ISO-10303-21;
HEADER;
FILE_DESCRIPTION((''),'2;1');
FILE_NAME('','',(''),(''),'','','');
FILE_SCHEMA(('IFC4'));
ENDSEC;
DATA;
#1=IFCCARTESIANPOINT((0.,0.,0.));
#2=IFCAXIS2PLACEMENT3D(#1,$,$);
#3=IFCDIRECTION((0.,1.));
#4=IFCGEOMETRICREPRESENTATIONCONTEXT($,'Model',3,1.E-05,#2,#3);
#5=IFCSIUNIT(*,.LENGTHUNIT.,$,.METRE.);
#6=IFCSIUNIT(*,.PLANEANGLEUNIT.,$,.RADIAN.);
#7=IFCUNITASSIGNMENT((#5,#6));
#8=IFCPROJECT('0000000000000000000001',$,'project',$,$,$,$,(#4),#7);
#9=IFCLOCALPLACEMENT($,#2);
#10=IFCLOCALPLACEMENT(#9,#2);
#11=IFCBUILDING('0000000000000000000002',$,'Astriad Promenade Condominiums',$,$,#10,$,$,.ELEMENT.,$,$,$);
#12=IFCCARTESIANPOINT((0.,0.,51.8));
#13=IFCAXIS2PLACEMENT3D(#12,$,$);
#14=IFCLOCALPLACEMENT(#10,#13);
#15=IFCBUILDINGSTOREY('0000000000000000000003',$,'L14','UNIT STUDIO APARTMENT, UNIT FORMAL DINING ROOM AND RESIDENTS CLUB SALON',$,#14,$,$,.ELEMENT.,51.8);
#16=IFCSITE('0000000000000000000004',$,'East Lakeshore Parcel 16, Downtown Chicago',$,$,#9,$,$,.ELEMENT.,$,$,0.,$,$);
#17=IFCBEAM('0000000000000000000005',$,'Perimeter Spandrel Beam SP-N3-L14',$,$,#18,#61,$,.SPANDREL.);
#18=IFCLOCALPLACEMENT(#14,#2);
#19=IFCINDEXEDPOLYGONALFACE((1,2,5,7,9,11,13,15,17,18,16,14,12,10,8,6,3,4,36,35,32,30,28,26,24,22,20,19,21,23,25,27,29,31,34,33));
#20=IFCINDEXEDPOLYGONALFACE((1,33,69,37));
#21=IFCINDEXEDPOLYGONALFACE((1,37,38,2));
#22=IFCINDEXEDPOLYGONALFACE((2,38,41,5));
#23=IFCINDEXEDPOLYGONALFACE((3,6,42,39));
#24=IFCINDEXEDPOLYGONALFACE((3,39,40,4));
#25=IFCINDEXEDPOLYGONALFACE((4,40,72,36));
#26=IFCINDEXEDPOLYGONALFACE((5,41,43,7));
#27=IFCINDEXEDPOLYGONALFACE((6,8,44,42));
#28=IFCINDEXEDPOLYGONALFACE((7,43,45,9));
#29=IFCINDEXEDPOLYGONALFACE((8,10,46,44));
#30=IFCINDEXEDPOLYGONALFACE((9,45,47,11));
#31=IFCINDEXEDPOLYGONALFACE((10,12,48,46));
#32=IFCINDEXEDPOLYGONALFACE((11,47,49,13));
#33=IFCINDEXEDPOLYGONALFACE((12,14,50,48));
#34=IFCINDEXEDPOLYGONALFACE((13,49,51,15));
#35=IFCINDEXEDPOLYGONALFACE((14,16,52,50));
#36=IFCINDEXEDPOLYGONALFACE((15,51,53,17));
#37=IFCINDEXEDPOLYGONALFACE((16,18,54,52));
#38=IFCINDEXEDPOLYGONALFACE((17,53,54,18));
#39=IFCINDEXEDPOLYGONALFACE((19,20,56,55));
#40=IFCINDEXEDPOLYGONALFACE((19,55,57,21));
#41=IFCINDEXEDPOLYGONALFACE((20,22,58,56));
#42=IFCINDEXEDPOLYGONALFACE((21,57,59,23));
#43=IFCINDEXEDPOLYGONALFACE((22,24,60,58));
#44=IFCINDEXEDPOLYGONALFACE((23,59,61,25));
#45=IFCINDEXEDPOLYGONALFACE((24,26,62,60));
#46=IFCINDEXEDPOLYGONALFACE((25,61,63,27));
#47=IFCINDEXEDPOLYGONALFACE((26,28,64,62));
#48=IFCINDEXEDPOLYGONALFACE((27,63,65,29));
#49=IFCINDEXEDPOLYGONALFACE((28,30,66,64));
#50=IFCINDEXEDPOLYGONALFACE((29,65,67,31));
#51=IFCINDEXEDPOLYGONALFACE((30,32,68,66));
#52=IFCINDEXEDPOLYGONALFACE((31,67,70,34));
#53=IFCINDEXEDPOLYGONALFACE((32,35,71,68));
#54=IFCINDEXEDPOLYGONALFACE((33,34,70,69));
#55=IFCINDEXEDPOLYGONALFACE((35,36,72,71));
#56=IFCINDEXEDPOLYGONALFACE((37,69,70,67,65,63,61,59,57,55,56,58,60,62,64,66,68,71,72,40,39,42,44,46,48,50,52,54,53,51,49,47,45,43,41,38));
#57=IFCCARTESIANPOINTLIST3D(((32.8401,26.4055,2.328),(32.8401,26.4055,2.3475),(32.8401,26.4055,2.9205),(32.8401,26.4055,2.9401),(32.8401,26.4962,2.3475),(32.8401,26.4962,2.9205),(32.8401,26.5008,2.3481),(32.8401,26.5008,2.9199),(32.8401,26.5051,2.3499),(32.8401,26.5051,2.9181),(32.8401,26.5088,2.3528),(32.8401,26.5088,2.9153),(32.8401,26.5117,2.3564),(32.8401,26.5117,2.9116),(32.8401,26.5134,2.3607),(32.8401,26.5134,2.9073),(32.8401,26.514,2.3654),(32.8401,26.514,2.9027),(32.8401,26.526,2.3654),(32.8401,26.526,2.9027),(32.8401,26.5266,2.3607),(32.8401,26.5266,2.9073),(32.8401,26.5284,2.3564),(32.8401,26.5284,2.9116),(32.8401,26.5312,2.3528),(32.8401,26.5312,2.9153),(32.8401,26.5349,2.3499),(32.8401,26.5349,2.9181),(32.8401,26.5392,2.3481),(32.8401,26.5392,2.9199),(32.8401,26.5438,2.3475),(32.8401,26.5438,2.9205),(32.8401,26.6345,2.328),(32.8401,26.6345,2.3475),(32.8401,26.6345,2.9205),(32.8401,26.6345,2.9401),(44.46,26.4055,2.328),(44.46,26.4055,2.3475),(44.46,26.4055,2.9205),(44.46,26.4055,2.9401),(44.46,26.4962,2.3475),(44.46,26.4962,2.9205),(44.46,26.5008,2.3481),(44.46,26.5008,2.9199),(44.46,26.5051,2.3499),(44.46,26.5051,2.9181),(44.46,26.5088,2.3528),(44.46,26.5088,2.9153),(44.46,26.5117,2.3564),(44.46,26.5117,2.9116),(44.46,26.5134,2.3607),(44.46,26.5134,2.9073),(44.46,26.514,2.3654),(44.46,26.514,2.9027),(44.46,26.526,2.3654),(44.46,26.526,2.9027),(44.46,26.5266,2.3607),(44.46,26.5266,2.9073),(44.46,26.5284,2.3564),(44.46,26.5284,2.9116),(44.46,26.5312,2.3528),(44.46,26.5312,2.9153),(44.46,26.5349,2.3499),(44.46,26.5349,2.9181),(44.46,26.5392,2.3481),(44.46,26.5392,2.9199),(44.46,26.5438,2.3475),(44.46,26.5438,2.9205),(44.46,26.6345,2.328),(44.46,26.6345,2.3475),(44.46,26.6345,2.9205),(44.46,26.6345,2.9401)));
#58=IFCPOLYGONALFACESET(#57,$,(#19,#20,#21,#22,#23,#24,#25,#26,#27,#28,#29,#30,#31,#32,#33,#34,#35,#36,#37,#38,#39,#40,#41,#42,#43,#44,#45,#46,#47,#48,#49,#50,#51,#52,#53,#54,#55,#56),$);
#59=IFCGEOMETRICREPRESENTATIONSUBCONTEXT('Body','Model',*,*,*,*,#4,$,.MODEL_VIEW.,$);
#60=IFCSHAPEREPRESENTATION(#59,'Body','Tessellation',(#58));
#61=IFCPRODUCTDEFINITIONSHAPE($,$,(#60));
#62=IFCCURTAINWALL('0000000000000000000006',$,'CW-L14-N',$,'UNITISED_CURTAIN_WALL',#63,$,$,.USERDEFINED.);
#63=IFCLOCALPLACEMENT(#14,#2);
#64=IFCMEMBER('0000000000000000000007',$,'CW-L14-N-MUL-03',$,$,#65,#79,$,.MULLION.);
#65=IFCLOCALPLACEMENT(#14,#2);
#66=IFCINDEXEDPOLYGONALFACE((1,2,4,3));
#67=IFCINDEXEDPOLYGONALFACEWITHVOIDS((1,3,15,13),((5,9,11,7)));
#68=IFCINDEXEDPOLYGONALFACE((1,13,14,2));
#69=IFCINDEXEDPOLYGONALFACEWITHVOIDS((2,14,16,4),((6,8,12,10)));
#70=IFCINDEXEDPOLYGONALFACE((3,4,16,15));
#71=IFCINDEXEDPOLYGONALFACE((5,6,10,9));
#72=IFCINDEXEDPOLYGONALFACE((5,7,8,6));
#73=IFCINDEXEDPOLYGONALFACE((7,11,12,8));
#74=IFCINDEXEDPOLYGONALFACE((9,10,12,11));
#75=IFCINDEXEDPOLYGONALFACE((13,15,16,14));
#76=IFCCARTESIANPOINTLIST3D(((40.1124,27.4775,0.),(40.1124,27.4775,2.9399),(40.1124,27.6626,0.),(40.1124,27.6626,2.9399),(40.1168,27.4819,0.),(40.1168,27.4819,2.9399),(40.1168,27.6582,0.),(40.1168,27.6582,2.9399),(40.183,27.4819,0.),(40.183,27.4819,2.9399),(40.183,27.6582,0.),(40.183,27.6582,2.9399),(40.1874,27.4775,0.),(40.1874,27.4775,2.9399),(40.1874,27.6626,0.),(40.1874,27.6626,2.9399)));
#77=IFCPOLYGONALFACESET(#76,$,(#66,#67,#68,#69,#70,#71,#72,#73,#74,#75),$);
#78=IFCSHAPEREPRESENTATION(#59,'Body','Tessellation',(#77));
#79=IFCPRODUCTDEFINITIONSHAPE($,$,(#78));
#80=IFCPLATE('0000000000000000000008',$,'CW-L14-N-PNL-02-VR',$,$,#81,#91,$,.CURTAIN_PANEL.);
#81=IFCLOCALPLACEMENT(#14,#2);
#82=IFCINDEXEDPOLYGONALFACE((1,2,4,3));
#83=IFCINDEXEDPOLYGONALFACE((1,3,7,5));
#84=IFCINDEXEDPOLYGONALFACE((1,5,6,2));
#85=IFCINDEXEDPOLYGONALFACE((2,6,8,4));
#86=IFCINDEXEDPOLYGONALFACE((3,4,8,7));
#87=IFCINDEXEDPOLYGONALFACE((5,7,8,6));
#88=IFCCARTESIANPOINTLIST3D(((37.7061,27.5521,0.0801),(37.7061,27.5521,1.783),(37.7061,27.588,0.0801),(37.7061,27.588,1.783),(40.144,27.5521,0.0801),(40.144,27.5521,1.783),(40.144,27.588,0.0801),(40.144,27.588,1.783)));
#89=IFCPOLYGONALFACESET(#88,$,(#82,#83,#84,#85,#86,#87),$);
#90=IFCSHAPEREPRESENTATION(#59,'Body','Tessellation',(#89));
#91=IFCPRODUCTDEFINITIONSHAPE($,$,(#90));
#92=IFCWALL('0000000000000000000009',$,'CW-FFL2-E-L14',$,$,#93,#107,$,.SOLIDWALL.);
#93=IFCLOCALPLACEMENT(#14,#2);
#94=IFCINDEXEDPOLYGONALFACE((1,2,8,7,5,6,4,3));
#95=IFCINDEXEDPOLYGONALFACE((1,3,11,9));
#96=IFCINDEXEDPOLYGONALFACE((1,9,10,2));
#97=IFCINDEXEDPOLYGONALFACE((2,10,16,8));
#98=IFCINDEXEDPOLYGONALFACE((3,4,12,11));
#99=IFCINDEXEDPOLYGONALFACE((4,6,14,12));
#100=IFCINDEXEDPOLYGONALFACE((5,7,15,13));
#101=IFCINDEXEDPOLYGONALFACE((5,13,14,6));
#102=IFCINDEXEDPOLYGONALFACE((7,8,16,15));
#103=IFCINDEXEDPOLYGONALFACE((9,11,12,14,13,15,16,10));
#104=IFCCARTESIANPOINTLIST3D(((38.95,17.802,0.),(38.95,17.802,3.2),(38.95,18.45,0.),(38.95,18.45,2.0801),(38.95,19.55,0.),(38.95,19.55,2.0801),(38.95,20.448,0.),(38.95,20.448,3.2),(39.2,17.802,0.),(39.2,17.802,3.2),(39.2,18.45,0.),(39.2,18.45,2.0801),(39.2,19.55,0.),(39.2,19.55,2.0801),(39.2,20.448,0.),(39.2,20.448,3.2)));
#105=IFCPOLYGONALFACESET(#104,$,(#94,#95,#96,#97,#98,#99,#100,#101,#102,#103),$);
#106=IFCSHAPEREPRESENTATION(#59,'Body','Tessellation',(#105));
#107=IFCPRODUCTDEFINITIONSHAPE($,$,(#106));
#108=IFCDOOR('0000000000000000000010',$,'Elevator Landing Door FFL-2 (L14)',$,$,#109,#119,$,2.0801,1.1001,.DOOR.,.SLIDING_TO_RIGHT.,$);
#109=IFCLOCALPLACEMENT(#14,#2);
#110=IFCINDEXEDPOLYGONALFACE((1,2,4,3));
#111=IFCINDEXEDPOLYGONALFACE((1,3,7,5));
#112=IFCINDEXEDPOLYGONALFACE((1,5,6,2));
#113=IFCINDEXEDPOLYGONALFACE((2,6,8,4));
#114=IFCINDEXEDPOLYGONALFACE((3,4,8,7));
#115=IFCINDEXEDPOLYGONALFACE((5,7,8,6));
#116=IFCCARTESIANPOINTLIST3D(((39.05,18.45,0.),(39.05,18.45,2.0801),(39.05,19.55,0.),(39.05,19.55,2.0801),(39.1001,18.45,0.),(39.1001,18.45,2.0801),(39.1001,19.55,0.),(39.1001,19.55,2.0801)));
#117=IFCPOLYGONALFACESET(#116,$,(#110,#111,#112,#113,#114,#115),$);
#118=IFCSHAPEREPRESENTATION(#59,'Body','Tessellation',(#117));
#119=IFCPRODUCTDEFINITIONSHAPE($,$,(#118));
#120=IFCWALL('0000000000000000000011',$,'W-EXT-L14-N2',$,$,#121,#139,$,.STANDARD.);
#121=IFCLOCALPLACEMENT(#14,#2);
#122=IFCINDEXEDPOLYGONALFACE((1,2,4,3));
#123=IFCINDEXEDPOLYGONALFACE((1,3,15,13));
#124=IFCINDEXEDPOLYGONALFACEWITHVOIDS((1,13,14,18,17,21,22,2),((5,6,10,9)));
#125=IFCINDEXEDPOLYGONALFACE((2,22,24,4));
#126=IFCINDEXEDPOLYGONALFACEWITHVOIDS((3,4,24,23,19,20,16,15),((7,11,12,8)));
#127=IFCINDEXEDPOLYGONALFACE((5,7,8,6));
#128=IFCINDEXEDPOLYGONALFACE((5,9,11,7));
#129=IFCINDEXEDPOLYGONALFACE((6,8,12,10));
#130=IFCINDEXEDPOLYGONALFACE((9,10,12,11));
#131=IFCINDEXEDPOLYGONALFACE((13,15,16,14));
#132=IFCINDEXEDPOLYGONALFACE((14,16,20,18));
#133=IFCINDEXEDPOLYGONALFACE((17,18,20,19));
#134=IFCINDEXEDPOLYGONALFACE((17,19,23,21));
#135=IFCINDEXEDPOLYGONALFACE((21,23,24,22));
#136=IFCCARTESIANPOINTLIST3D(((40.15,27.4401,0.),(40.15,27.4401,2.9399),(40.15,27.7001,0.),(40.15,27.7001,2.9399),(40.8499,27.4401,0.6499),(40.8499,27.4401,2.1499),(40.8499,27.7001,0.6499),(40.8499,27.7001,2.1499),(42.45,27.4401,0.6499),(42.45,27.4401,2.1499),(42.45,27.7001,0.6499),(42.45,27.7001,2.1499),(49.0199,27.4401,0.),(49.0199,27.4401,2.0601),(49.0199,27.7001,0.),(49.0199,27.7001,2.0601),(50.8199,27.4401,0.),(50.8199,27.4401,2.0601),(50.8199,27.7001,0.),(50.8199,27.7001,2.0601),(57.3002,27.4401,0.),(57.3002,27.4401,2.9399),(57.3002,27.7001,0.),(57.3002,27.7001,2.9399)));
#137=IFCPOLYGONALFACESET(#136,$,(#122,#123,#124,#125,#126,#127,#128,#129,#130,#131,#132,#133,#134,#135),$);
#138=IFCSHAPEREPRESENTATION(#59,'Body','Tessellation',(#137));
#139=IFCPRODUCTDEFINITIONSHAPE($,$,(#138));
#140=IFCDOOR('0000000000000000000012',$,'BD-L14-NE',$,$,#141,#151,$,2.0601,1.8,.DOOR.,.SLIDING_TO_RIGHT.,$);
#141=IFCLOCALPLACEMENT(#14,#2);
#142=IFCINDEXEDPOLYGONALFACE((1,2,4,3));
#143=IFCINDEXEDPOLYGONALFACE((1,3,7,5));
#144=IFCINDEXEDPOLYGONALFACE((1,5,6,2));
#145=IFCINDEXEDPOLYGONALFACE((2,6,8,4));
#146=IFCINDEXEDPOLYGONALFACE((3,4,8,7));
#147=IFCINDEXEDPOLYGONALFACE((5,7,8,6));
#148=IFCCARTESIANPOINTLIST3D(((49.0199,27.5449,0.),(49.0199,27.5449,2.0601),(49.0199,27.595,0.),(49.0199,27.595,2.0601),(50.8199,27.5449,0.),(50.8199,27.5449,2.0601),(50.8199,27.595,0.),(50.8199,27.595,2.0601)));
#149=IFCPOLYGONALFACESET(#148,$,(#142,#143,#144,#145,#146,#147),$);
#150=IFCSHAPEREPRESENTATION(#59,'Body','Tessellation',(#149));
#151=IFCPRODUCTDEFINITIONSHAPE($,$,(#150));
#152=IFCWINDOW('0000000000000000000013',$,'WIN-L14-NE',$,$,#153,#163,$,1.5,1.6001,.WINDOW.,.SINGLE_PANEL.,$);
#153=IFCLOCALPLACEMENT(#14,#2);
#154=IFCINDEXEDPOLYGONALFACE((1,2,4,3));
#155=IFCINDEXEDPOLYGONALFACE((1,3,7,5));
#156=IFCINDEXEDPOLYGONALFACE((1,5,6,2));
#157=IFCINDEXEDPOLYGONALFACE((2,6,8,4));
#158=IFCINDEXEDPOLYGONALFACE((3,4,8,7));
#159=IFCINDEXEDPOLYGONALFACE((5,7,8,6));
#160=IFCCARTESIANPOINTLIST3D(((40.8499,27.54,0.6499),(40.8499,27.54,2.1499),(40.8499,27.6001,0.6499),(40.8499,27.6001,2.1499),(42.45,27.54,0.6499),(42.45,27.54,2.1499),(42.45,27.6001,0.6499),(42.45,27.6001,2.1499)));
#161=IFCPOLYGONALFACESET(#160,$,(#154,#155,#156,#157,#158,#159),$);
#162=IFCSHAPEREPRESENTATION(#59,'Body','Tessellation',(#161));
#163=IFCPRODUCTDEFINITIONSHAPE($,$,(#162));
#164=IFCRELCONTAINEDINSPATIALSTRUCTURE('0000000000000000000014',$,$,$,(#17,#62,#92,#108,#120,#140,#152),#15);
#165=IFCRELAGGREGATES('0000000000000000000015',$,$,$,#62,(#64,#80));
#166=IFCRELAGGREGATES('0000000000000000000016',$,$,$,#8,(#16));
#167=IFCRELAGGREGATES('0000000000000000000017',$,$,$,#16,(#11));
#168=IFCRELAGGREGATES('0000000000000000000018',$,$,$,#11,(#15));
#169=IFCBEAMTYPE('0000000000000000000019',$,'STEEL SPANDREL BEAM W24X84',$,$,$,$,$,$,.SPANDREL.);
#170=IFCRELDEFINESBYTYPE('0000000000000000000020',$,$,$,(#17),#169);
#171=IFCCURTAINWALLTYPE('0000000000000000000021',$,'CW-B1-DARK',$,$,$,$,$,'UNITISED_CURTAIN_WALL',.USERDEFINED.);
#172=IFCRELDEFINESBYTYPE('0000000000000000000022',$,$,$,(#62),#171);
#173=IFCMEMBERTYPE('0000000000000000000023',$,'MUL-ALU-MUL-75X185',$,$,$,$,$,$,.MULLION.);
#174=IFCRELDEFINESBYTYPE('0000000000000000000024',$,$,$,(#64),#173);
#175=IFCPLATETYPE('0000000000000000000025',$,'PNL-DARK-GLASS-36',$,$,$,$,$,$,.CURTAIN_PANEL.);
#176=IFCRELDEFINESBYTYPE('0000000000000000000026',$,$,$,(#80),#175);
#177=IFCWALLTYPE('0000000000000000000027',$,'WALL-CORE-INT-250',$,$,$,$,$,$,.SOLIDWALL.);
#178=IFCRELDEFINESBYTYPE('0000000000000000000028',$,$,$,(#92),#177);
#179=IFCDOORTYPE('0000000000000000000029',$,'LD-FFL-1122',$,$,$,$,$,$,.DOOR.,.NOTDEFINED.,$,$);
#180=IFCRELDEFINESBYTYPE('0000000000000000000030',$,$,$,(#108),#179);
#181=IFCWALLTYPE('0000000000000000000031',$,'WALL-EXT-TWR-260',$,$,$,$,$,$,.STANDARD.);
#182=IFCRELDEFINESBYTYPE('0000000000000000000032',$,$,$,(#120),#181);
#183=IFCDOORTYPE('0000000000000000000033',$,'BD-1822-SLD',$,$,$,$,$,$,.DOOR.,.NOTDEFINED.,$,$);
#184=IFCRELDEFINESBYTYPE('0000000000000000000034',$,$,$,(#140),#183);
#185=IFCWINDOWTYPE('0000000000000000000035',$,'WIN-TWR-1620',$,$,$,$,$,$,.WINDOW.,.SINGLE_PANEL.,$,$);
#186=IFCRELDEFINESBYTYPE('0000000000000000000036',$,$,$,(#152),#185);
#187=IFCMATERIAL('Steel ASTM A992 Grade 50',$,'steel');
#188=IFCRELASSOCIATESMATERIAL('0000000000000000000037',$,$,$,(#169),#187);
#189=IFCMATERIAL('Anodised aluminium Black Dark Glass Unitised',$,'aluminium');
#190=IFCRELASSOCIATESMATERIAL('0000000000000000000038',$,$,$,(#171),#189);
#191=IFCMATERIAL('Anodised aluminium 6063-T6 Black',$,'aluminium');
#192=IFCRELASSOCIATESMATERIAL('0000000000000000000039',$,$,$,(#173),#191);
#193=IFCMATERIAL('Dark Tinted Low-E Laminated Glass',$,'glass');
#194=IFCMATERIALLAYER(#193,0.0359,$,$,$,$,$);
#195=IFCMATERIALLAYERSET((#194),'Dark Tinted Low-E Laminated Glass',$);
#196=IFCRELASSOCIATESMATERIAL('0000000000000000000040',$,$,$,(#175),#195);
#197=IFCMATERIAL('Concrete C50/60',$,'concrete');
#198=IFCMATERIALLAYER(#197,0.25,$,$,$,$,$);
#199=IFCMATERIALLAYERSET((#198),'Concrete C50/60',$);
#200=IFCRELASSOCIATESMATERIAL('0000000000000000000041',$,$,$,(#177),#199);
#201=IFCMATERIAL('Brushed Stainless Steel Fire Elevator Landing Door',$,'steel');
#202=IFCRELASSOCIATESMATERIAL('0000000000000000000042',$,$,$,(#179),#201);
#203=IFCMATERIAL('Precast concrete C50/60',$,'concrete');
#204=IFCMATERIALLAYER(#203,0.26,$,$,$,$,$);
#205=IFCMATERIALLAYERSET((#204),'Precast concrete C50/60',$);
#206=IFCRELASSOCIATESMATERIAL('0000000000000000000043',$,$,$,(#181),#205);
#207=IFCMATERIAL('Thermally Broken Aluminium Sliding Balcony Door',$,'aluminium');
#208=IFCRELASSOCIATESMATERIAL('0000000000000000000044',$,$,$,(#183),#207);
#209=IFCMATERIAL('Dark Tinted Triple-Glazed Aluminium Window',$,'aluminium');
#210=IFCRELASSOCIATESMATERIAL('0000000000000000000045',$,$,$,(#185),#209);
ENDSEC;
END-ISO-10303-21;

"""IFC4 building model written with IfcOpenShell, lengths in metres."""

from ifc_helpers import new_model, si_unit, direction, frame, frame_2d, origin, origin_2d, place, context, subcontext, project, spatial, rectangle, hollow_rectangle, i_section, extrude, source, transform, mapped, material, layer, layer_set, material_profile, profile_set, type_object, type_shapes, element, fill, aggregate, save


model = new_model("IFC4")

# Units and contexts
model_context = context("Model", 3, precision=1e-05, world=origin(), true_north=direction((0.0, 1.0)))
body_context = subcontext(model_context, "Body", "Model", "MODEL_VIEW")
ifc_project = project(units=[si_unit("LENGTHUNIT", "METRE"), si_unit("PLANEANGLEUNIT", "RADIAN")], contexts=[model_context])

# Site, building, storey
site_placement = place(None, origin())
site = spatial("IfcSite", under=ifc_project, at=site_placement, Name="East Lakeshore Parcel 16, Downtown Chicago", CompositionType="ELEMENT", RefElevation=0.0)
building_placement = place(site_placement, origin())
building = spatial("IfcBuilding", under=site, at=building_placement, Name="Astriad Promenade Condominiums", CompositionType="ELEMENT")
storey_placement = place(building_placement, frame((0.0, 0.0, 51.8)))
storey = spatial("IfcBuildingStorey", under=building, at=storey_placement, Name="L14", Description="UNIT STUDIO APARTMENT, UNIT FORMAL DINING ROOM AND RESIDENTS CLUB SALON", CompositionType="ELEMENT", Elevation=51.8)

# Shared definitions
ifc_material_1 = material(Name="Steel ASTM A992 Grade 50", Category="steel")

# Beam
ifc_material_profile_1 = material_profile(ifc_material_1, i_section(OverallWidth=0.229, OverallDepth=0.6121, WebThickness=0.012, FlangeThickness=0.0195, FilletRadius=0.0178, at=origin_2d()), Name="W24X84")
ifc_profile_set_1 = profile_set([ifc_material_profile_1], Name="Steel ASTM A992 Grade 50")
beam_type_1 = type_object("IfcBeamType", Name="STEEL SPANDREL BEAM W24X84", PredefinedType="SPANDREL", material=ifc_profile_set_1)
shared_shape_1 = source(origin(), body_context, "Body", "SweptSolid", [
    extrude(i_section(OverallWidth=0.229, OverallDepth=0.6121, WebThickness=0.012, FlangeThickness=0.0195, FilletRadius=0.0178, at=origin_2d()), origin(), (0.0, 0.0, 1.0), 11.6199),
])
type_shapes(beam_type_1, [shared_shape_1])
beam_1_placement = place(storey_placement, frame((44.46, 26.52, 2.634), z_axis=(-1.0, 0.0, 0.0), x_axis=(0.0, -1.0, 0.0)))
element("IfcBeam", 1, at=beam_1_placement, inside=storey, type_object=beam_type_1, Name="Perimeter Spandrel Beam SP-N3-L14", PredefinedType="SPANDREL", context=body_context, shape_type="MappedRepresentation", body=[
    mapped(shared_shape_1, transform((0.0, 0.0, 0.0), scale=1.0)),
])

# Curtain wall, member, plate
ifc_material_2 = material(Name="Anodised aluminium Black Dark Glass Unitised", Category="aluminium")
curtain_wall_type = type_object("IfcCurtainWallType", Name="CW-B1-DARK", ElementType="UNITISED_CURTAIN_WALL", PredefinedType="USERDEFINED", material=ifc_material_2)
curtain_wall_placement = place(storey_placement, origin())
curtain_wall = element("IfcCurtainWall", 2, at=curtain_wall_placement, inside=storey, type_object=curtain_wall_type, Name="CW-L14-N", ObjectType="UNITISED_CURTAIN_WALL", PredefinedType="USERDEFINED")
ifc_material_3 = material(Name="Anodised aluminium 6063-T6 Black", Category="aluminium")
ifc_material_profile_2 = material_profile(ifc_material_3, hollow_rectangle(XDim=0.075, YDim=0.1851, WallThickness=0.0044, at=origin_2d()), Name="ALU-MUL-75X185")
ifc_profile_set_2 = profile_set([ifc_material_profile_2], Name="Anodised aluminium 6063-T6 Black")
member_type = type_object("IfcMemberType", Name="MUL-ALU-MUL-75X185", PredefinedType="MULLION", material=ifc_profile_set_2)
shared_shape_2 = source(origin(), body_context, "Body", "SweptSolid", [
    extrude(hollow_rectangle(XDim=0.075, YDim=0.1851, WallThickness=0.0044, at=origin_2d()), origin(), (0.0, 0.0, 1.0), 2.9399),
])
type_shapes(member_type, [shared_shape_2])
member_placement = place(storey_placement, frame((40.1499, 27.5701, 0.0), z_axis=(0.0, 0.0, 1.0), x_axis=(1.0, 0.0, 0.0)))
member = element("IfcMember", 3, at=member_placement, type_object=member_type, Name="CW-L14-N-MUL-03", PredefinedType="MULLION", context=body_context, shape_type="MappedRepresentation", body=[
    mapped(shared_shape_2, transform((0.0, 0.0, 0.0), scale=1.0)),
])
ifc_material_4 = material(Name="Dark Tinted Low-E Laminated Glass", Category="glass")
ifc_layer_1 = layer(ifc_material_4, 0.0359)
ifc_layer_set_1 = layer_set([ifc_layer_1], Name="Dark Tinted Low-E Laminated Glass")
plate_type = type_object("IfcPlateType", Name="PNL-DARK-GLASS-36", PredefinedType="CURTAIN_PANEL", material=ifc_layer_set_1)
shared_shape_3 = source(origin(), body_context, "Body", "SweptSolid", [
    extrude(rectangle(XDim=2.438, YDim=0.0359, at=origin_2d()), origin(), (0.0, 0.0, 1.0), 1.7029),
])
type_shapes(plate_type, [shared_shape_3])
plate_placement = place(storey_placement, frame((38.925, 27.5701, 0.0801), z_axis=(0.0, 0.0, 1.0), x_axis=(1.0, 0.0, 0.0)))
plate = element("IfcPlate", 4, at=plate_placement, type_object=plate_type, Name="CW-L14-N-PNL-02-VR", PredefinedType="CURTAIN_PANEL", context=body_context, shape_type="MappedRepresentation", body=[
    mapped(shared_shape_3, transform((0.0, 0.0, 0.0), scale=1.0)),
])
aggregate(curtain_wall, [member, plate])

# Wall, opening, door
ifc_material_5 = material(Name="Concrete C50/60", Category="concrete")
ifc_layer_2 = layer(ifc_material_5, 0.25)
ifc_layer_set_2 = layer_set([ifc_layer_2], Name="Concrete C50/60")
wall_type_1 = type_object("IfcWallType", Name="WALL-CORE-INT-250", PredefinedType="SOLIDWALL", material=ifc_layer_set_2)
wall_1_placement = place(storey_placement, frame((39.075, 17.802, 0.0), z_axis=(0.0, 0.0, 1.0), x_axis=(0.0, 1.0, 0.0)))
wall_1 = element("IfcWall", 5, at=wall_1_placement, inside=storey, type_object=wall_type_1, Name="CW-FFL2-E-L14", PredefinedType="SOLIDWALL", context=body_context, shape_type="SweptSolid", body=[
    extrude(rectangle(XDim=2.646, YDim=0.25, at=frame_2d((1.323, 0.0))), origin(), (0.0, 0.0, 1.0), 3.2),
])
opening_1_placement = place(wall_1_placement, frame((0.6479, 0.0, 0.0)))
opening_1 = element("IfcOpeningElement", 6, at=opening_1_placement, cuts=wall_1, PredefinedType="OPENING", context=body_context, shape_type="SweptSolid", body=[
    extrude(rectangle(XDim=1.1001, YDim=2.0801, at=frame_2d((0.55, 1.04))), frame((0.0, 0.135, 0.0), z_axis=(0.0, -1.0, 0.0), x_axis=(1.0, 0.0, 0.0)), (0.0, 0.0, 1.0), 0.27),
])
ifc_material_6 = material(Name="Brushed Stainless Steel Fire Elevator Landing Door", Category="steel")
door_type_1 = type_object("IfcDoorType", Name="LD-FFL-1122", OperationType="NOTDEFINED", PredefinedType="DOOR", material=ifc_material_6)
shared_shape_4 = source(origin(), body_context, "Body", "SweptSolid", [
    extrude(rectangle(XDim=1.1001, YDim=2.0801, at=frame_2d((0.55, 1.04))), frame((0.0, 0.0249, 0.0), z_axis=(0.0, -1.0, 0.0), x_axis=(1.0, 0.0, 0.0)), (0.0, 0.0, 1.0), 0.05),
])
type_shapes(door_type_1, [shared_shape_4])
door_1_placement = place(opening_1_placement, origin())
door_1 = element("IfcDoor", 7, at=door_1_placement, inside=storey, type_object=door_type_1, Name="Elevator Landing Door FFL-2 (L14)", OperationType="SLIDING_TO_RIGHT", OverallHeight=2.0801, OverallWidth=1.1001, PredefinedType="DOOR", context=body_context, shape_type="MappedRepresentation", body=[
    mapped(shared_shape_4, transform((0.0, 0.0, 0.0), scale=1.0)),
])
fill(opening_1, door_1)

# Wall, openings, door, window
ifc_material_7 = material(Name="Precast concrete C50/60", Category="concrete")
ifc_layer_3 = layer(ifc_material_7, 0.26)
ifc_layer_set_3 = layer_set([ifc_layer_3], Name="Precast concrete C50/60")
wall_type_2 = type_object("IfcWallType", Name="WALL-EXT-TWR-260", PredefinedType="STANDARD", material=ifc_layer_set_3)
wall_2_placement = place(storey_placement, frame((40.1499, 27.5701, 0.0), z_axis=(0.0, 0.0, 1.0), x_axis=(1.0, 0.0, 0.0)))
wall_2 = element("IfcWall", 8, at=wall_2_placement, inside=storey, type_object=wall_type_2, Name="W-EXT-L14-N2", PredefinedType="STANDARD", context=body_context, shape_type="SweptSolid", body=[
    extrude(rectangle(XDim=17.1501, YDim=0.26, at=frame_2d((8.5752, 0.0))), origin(), (0.0, 0.0, 1.0), 2.9399),
])
opening_2_placement = place(wall_2_placement, frame((8.8701, 0.0, 0.0)))
opening_2 = element("IfcOpeningElement", 9, at=opening_2_placement, cuts=wall_2, PredefinedType="OPENING", context=body_context, shape_type="SweptSolid", body=[
    extrude(rectangle(XDim=1.8, YDim=2.0601, at=frame_2d((0.8999, 1.03))), frame((0.0, 0.1399, 0.0), z_axis=(0.0, -1.0, 0.0), x_axis=(1.0, 0.0, 0.0)), (0.0, 0.0, 1.0), 0.28),
])
opening_3_placement = place(wall_2_placement, frame((0.7, 0.0, 0.6499)))
opening_3 = element("IfcOpeningElement", 10, at=opening_3_placement, cuts=wall_2, PredefinedType="OPENING", context=body_context, shape_type="SweptSolid", body=[
    extrude(rectangle(XDim=1.6001, YDim=1.5, at=frame_2d((0.8, 0.75))), frame((0.0, 0.1399, 0.0), z_axis=(0.0, -1.0, 0.0), x_axis=(1.0, 0.0, 0.0)), (0.0, 0.0, 1.0), 0.28),
])
ifc_material_8 = material(Name="Thermally Broken Aluminium Sliding Balcony Door", Category="aluminium")
door_type_2 = type_object("IfcDoorType", Name="BD-1822-SLD", OperationType="NOTDEFINED", PredefinedType="DOOR", material=ifc_material_8)
shared_shape_5 = source(origin(), body_context, "Body", "SweptSolid", [
    extrude(rectangle(XDim=1.8, YDim=2.0601, at=frame_2d((0.8999, 1.03))), frame((0.0, 0.0249, 0.0), z_axis=(0.0, -1.0, 0.0), x_axis=(1.0, 0.0, 0.0)), (0.0, 0.0, 1.0), 0.05),
])
type_shapes(door_type_2, [shared_shape_5])
door_2_placement = place(opening_2_placement, origin())
door_2 = element("IfcDoor", 11, at=door_2_placement, inside=storey, type_object=door_type_2, Name="BD-L14-NE", OperationType="SLIDING_TO_RIGHT", OverallHeight=2.0601, OverallWidth=1.8, PredefinedType="DOOR", context=body_context, shape_type="MappedRepresentation", body=[
    mapped(shared_shape_5, transform((0.0, 0.0, 0.0), scale=1.0)),
])
fill(opening_2, door_2)
ifc_material_9 = material(Name="Dark Tinted Triple-Glazed Aluminium Window", Category="aluminium")
window_type = type_object("IfcWindowType", Name="WIN-TWR-1620", PartitioningType="SINGLE_PANEL", PredefinedType="WINDOW", material=ifc_material_9)
shared_shape_6 = source(origin(), body_context, "Body", "SweptSolid", [
    extrude(rectangle(XDim=1.6001, YDim=1.5, at=frame_2d((0.8, 0.75))), frame((0.0, 0.03, 0.0), z_axis=(0.0, -1.0, 0.0), x_axis=(1.0, 0.0, 0.0)), (0.0, 0.0, 1.0), 0.0601),
])
type_shapes(window_type, [shared_shape_6])
window_placement = place(opening_3_placement, origin())
window = element("IfcWindow", 12, at=window_placement, inside=storey, type_object=window_type, Name="WIN-L14-NE", OverallHeight=1.5, OverallWidth=1.6001, PartitioningType="SINGLE_PANEL", PredefinedType="WINDOW", context=body_context, shape_type="MappedRepresentation", body=[
    mapped(shared_shape_6, transform((0.0, 0.0, 0.0), scale=1.0)),
])
fill(opening_3, window)

save(model, "model.ifc")
